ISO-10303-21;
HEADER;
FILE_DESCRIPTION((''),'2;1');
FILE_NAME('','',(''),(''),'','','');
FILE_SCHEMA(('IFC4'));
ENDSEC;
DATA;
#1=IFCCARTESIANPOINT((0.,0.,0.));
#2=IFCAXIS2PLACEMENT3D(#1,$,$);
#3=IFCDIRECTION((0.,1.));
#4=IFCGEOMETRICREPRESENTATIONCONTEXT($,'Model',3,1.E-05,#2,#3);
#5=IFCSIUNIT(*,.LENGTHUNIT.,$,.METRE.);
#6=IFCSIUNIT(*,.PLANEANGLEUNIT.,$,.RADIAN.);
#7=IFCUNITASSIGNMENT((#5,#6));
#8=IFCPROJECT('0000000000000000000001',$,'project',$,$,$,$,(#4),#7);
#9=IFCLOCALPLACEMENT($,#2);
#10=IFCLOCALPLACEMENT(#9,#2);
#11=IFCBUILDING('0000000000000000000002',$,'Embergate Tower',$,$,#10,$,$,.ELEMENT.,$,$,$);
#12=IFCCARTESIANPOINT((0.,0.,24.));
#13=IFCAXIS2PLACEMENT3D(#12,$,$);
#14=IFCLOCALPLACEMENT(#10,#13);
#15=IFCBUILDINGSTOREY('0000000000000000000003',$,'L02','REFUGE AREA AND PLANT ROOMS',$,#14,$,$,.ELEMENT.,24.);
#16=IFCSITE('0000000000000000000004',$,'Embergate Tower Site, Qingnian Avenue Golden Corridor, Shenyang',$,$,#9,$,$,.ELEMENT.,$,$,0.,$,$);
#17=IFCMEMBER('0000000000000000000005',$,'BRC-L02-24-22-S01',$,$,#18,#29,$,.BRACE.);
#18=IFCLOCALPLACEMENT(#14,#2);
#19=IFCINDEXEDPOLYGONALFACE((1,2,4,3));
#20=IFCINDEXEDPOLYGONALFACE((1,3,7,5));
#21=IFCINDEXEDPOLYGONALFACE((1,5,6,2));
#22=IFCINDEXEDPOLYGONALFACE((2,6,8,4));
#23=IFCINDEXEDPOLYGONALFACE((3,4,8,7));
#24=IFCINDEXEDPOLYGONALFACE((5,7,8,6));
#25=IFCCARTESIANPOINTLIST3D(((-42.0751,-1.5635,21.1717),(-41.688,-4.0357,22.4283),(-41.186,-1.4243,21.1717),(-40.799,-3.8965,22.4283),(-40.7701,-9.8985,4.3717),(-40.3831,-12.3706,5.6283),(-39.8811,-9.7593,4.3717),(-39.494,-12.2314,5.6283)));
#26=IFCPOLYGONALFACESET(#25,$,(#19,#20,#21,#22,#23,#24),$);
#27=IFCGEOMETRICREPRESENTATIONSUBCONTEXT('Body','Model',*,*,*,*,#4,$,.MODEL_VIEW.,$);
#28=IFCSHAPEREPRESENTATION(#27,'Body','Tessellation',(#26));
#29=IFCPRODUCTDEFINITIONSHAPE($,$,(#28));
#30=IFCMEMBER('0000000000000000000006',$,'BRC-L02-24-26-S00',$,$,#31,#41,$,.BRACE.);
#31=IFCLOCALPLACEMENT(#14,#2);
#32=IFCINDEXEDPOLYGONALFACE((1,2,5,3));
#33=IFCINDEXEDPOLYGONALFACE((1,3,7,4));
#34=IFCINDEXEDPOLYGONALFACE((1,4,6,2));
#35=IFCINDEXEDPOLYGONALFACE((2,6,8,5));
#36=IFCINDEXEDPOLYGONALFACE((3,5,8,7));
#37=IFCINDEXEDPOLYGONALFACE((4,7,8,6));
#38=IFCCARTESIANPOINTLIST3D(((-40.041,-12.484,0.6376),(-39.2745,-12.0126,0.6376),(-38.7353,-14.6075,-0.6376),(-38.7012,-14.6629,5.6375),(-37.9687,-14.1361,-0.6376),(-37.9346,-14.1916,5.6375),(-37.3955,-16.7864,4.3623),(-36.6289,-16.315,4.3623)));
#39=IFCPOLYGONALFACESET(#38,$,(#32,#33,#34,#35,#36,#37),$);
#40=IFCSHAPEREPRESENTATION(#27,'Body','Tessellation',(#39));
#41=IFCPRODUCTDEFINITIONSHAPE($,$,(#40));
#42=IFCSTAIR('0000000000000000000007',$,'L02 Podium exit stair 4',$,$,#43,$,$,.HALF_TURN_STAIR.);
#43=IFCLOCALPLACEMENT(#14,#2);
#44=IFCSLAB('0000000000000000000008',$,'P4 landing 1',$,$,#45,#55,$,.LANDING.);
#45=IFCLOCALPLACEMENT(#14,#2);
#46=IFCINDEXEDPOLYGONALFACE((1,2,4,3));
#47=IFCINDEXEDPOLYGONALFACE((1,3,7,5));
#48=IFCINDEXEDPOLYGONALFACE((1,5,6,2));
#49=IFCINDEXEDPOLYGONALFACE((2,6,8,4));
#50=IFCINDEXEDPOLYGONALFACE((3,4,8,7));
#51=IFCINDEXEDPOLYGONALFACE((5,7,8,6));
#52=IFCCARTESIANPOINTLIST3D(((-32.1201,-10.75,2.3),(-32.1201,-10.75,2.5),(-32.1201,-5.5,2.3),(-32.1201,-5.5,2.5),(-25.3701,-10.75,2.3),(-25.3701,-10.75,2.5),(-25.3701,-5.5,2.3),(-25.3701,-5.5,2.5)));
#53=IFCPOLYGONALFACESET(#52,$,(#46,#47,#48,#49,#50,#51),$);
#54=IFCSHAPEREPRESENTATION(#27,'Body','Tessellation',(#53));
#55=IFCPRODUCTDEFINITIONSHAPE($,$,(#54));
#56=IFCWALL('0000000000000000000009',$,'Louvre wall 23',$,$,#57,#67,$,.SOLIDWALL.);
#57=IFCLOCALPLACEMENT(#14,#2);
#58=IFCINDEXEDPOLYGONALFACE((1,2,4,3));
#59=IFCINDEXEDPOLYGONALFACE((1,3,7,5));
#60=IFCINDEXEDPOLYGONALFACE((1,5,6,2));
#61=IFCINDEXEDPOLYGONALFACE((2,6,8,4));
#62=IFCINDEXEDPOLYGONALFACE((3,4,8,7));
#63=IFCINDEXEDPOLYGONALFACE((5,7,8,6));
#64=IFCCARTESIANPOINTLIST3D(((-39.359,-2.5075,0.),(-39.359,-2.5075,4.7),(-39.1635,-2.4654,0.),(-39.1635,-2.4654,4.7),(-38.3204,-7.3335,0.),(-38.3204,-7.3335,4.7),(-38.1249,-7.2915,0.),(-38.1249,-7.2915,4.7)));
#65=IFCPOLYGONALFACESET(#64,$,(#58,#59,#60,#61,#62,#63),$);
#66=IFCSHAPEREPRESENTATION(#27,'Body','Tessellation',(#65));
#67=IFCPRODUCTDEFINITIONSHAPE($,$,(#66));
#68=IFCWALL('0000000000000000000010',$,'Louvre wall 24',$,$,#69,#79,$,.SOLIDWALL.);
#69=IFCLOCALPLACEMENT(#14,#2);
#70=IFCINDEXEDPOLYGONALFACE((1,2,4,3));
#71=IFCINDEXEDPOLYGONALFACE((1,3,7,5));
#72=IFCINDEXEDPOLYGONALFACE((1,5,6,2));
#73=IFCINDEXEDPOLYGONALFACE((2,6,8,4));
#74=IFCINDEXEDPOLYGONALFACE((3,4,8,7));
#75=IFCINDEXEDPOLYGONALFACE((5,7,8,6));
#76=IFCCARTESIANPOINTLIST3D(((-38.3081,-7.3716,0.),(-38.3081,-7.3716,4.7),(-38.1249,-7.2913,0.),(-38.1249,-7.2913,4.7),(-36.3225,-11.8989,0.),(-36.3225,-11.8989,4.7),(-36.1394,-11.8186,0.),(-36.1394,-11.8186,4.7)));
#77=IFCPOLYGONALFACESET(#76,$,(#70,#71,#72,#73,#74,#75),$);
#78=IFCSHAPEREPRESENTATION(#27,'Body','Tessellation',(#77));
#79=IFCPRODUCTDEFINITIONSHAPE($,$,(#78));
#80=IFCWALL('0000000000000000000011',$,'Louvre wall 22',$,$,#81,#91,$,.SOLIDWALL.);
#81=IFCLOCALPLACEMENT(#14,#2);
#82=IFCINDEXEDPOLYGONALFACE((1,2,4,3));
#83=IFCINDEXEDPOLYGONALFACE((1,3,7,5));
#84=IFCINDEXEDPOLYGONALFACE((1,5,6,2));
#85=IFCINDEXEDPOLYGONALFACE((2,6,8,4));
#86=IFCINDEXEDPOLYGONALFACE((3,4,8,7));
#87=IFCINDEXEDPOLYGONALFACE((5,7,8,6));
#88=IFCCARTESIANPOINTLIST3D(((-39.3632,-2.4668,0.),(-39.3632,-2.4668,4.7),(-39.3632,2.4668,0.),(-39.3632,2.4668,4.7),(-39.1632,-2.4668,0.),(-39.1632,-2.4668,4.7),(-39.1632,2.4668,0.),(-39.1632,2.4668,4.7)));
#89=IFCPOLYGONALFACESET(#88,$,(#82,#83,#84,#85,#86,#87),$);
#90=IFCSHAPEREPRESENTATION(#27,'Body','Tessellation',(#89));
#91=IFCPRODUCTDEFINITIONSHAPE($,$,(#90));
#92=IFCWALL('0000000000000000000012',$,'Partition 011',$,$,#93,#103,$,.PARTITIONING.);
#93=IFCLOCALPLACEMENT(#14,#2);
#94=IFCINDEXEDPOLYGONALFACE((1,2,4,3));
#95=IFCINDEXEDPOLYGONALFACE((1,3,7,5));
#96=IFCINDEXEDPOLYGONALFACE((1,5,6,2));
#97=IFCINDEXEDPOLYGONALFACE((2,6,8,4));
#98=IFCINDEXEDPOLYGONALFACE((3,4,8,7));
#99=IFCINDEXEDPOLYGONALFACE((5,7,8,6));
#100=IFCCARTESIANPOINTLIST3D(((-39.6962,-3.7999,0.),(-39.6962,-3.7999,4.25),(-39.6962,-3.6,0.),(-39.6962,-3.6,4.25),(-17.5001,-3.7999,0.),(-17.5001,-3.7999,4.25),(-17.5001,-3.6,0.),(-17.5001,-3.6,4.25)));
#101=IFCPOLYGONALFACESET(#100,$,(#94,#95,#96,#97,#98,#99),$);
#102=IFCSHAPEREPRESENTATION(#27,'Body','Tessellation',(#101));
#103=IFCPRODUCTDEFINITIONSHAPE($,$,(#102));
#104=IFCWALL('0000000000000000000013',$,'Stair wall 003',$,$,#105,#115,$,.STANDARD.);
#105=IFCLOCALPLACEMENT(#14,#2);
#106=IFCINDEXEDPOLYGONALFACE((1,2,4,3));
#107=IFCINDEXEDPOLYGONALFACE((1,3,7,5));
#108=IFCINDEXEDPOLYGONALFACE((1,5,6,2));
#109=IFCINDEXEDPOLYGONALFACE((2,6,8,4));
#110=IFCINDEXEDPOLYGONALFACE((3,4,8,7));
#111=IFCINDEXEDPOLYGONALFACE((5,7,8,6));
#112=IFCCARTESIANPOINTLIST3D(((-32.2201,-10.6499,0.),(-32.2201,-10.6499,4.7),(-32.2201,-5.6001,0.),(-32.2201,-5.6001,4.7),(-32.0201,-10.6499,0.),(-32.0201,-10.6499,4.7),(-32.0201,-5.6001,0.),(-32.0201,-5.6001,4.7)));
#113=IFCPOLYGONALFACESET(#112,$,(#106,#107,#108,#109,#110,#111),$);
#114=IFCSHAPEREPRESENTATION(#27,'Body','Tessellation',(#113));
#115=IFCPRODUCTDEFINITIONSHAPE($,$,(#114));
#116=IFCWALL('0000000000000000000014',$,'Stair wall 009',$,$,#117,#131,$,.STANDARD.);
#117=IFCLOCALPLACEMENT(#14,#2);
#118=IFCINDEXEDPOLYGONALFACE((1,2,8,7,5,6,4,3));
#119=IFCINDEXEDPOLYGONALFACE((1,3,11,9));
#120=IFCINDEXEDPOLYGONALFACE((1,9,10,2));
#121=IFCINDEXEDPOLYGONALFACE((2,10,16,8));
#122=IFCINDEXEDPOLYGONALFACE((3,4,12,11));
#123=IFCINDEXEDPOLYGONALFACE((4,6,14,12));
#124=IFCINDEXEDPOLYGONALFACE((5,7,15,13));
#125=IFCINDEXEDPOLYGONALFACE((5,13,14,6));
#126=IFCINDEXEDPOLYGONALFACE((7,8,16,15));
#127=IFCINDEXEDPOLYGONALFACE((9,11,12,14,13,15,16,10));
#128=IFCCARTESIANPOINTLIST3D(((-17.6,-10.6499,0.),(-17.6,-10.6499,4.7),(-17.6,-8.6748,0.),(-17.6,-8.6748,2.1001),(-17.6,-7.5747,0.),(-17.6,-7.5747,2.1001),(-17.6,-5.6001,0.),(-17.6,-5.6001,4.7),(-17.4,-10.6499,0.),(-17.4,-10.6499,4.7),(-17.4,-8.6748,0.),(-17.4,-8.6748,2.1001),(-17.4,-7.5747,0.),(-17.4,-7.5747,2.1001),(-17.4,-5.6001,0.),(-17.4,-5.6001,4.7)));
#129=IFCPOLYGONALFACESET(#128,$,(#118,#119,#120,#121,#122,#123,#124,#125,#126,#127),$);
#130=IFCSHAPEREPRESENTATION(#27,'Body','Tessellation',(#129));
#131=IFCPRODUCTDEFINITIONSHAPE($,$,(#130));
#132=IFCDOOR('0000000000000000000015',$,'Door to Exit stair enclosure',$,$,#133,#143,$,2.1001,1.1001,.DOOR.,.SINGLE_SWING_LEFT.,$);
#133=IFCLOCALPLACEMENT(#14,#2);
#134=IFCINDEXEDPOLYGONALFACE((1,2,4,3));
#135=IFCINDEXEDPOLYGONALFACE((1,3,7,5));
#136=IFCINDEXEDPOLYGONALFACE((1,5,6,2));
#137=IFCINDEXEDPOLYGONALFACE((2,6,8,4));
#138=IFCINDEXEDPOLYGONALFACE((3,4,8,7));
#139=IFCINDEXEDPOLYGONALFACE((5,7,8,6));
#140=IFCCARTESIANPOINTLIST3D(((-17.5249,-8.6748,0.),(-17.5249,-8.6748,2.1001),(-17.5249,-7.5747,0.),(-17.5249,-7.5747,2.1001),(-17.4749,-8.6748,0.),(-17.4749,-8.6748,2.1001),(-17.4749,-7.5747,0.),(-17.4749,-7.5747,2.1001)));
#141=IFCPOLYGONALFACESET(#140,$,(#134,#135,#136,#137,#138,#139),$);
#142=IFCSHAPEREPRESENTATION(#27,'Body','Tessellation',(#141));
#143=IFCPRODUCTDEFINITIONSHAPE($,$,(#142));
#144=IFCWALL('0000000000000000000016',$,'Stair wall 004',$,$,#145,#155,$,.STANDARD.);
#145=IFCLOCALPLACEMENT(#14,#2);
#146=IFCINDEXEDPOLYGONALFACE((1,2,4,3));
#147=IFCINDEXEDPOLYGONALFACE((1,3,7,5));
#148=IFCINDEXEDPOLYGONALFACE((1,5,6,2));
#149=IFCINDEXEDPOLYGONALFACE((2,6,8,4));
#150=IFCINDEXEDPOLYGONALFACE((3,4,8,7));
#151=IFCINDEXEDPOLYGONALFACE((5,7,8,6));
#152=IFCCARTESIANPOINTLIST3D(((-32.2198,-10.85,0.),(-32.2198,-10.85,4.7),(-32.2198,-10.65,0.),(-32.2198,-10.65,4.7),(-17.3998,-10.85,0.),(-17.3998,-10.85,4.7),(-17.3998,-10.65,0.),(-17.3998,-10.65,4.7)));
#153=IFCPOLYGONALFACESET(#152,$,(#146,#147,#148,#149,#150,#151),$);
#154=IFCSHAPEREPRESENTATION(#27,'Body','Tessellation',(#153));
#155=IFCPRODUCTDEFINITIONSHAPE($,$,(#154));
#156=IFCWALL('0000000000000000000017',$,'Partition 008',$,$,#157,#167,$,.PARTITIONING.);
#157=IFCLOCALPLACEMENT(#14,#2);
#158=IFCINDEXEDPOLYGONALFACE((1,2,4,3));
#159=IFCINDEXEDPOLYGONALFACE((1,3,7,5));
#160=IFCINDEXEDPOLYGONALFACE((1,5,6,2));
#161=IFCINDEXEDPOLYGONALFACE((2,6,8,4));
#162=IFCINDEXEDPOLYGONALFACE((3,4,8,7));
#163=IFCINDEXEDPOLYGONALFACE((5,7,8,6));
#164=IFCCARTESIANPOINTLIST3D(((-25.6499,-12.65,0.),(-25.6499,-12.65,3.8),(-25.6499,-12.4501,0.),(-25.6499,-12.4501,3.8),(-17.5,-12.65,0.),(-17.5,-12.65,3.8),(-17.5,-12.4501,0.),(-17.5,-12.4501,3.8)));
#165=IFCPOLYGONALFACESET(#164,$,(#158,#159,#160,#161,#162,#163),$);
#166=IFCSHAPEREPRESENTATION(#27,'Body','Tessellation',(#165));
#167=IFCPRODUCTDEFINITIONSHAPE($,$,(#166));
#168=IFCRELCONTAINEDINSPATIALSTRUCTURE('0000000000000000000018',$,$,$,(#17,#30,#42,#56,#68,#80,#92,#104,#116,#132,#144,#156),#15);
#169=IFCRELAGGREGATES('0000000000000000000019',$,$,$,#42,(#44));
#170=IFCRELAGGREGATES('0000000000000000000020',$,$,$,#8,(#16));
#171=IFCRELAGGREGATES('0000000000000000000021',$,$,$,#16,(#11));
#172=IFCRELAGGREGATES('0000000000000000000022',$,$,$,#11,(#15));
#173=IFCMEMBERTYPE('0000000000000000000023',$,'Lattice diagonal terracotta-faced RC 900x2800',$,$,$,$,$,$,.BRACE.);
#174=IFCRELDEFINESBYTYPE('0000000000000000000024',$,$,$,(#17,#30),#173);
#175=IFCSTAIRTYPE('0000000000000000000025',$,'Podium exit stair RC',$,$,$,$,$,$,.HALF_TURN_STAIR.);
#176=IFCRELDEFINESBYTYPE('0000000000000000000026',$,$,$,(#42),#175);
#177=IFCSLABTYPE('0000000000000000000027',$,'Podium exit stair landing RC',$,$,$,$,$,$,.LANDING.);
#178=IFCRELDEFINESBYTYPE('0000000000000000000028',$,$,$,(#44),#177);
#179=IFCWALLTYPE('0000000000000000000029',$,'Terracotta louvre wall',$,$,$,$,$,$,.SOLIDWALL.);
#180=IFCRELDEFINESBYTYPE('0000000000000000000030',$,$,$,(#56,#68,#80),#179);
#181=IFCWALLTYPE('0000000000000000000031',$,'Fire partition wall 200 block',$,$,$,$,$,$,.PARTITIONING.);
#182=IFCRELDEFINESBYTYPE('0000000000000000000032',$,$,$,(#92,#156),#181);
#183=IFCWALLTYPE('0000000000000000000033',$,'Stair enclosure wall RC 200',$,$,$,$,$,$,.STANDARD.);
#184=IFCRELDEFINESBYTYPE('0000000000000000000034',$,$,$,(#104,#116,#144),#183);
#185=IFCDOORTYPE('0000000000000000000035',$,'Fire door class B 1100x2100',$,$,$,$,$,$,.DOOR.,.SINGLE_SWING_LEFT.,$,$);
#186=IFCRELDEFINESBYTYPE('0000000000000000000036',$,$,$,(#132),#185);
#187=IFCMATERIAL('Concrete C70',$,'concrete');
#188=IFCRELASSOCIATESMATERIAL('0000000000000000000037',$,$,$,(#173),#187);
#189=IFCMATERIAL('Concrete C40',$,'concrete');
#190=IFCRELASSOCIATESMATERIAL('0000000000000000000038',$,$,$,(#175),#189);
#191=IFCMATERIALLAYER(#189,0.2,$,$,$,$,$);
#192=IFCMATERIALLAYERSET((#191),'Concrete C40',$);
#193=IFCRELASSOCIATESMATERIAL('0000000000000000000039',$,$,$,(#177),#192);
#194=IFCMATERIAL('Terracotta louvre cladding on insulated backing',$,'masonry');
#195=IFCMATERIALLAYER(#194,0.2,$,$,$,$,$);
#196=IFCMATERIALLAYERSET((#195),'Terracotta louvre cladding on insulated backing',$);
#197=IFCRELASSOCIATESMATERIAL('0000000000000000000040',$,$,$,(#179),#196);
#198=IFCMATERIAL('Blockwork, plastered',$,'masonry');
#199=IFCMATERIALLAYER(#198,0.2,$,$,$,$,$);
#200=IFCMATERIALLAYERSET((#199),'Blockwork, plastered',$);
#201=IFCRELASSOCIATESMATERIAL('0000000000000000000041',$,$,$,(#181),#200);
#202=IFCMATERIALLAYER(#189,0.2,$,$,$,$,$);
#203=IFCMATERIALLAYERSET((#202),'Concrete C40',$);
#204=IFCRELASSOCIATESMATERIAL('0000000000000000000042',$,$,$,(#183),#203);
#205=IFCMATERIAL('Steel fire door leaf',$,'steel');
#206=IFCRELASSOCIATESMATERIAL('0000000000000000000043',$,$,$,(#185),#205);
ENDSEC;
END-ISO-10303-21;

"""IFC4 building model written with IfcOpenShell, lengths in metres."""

from ifc_helpers import new_model, si_unit, direction, frame, frame_2d, origin, origin_2d, place, context, subcontext, project, spatial, polyline, rectangle, outline, extrude, source, transform, mapped, material, layer, layer_set, material_profile, profile_set, type_object, element, fill, aggregate, save


model = new_model("IFC4")

# Units and contexts
model_context = context("Model", 3, precision=1e-05, world=origin(), true_north=direction((0.0, 1.0)))
body_context = subcontext(model_context, "Body", "Model", "MODEL_VIEW")
ifc_project = project(units=[si_unit("LENGTHUNIT", "METRE"), si_unit("PLANEANGLEUNIT", "RADIAN")], contexts=[model_context])

# Site, building, storey
site_placement = place(None, origin())
site = spatial("IfcSite", under=ifc_project, at=site_placement, Name="Embergate Tower Site, Qingnian Avenue Golden Corridor, Shenyang", CompositionType="ELEMENT", RefElevation=0.0)
building_placement = place(site_placement, origin())
building = spatial("IfcBuilding", under=site, at=building_placement, Name="Embergate Tower", CompositionType="ELEMENT")
storey_placement = place(building_placement, frame((0.0, 0.0, 24.0)))
storey = spatial("IfcBuildingStorey", under=building, at=storey_placement, Name="L02", Description="REFUGE AREA AND PLANT ROOMS", CompositionType="ELEMENT", Elevation=24.0)

# Shared definitions
ifc_material_1 = material(Name="Concrete C70", Category="concrete")

# Members
ifc_material_profile_1 = material_profile(ifc_material_1, rectangle(XDim=0.8999, YDim=2.8, at=origin_2d()), Name="RC 900x2800")
ifc_profile_set_1 = profile_set([ifc_material_profile_1], Name="Concrete C70")
member_type_1 = type_object("IfcMemberType", Name="Lattice diagonal terracotta-faced RC 900x2800", PredefinedType="BRACE", material=ifc_profile_set_1)
shared_shape_1 = source(origin(), body_context, "Body", "SweptSolid", [
    extrude(rectangle(XDim=0.8999, YDim=2.8, at=origin_2d()), origin(), (0.0, 0.0, 1.0), 18.7993),
])
member_1_placement = place(storey_placement, frame((-40.1321, -11.0649, 5.0), z_axis=(-0.069414, 0.443364, 0.89365), x_axis=(-0.987965, -0.154677, 0.0)))
element("IfcMember", 1, at=member_1_placement, inside=storey, type_object=member_type_1, Name="BRC-L02-24-22-S01", PredefinedType="BRACE", context=body_context, shape_type="MappedRepresentation", body=[
    mapped(shared_shape_1, transform((0.0, 0.0, 0.0))),
])
shared_shape_2 = source(origin(), body_context, "Body", "SweptSolid", [
    extrude(rectangle(XDim=0.8999, YDim=2.8, at=origin_2d()), origin(), (0.0, 0.0, 1.0), 5.6162),
])
member_2_placement = place(storey_placement, frame((-39.0049, -13.3101, 0.0), z_axis=(0.238563, -0.387969, 0.890263), x_axis=(0.851842, 0.523799, 0.0)))
element("IfcMember", 2, at=member_2_placement, inside=storey, type_object=member_type_1, Name="BRC-L02-24-26-S00", PredefinedType="BRACE", context=body_context, shape_type="MappedRepresentation", body=[
    mapped(shared_shape_2, transform((0.0, 0.0, 0.0))),
])

# Stair, slab
ifc_material_2 = material(Name="Concrete C40", Category="concrete")
stair_type = type_object("IfcStairType", Name="Podium exit stair RC", PredefinedType="HALF_TURN_STAIR", material=ifc_material_2)
stair_placement = place(storey_placement, origin())
stair = element("IfcStair", 3, at=stair_placement, inside=storey, type_object=stair_type, Name="L02 Podium exit stair 4", PredefinedType="HALF_TURN_STAIR")
ifc_layer_1 = layer(ifc_material_2, 0.2)
ifc_layer_set_1 = layer_set([ifc_layer_1], Name="Concrete C40")
slab_type = type_object("IfcSlabType", Name="Podium exit stair landing RC", PredefinedType="LANDING", material=ifc_layer_set_1)
shared_shape_3 = source(origin(), body_context, "Body", "SweptSolid", [
    extrude(outline(polyline([(0.0, 0.0), (6.75, 0.0), (6.75, 5.25), (0.0, 5.25), (0.0, 0.0)])), origin(), (0.0, 0.0, 1.0), 0.2),
])
slab_placement = place(storey_placement, frame((-32.1201, -10.75, 2.3)))
slab = element("IfcSlab", 4, at=slab_placement, type_object=slab_type, Name="P4 landing 1", PredefinedType="LANDING", context=body_context, shape_type="MappedRepresentation", body=[
    mapped(shared_shape_3, transform((0.0, 0.0, 0.0))),
])

# Walls
ifc_material_3 = material(Name="Terracotta louvre cladding on insulated backing", Category="masonry")
ifc_layer_2 = layer(ifc_material_3, 0.2)
ifc_layer_set_2 = layer_set([ifc_layer_2], Name="Terracotta louvre cladding on insulated backing")
wall_type_1 = type_object("IfcWallType", Name="Terracotta louvre wall", PredefinedType="SOLIDWALL", material=ifc_layer_set_2)
shared_shape_4 = source(origin(), body_context, "Body", "SweptSolid", [
    extrude(rectangle(XDim=4.9365, YDim=0.2, at=frame_2d((2.4683, 0.0))), origin(), (0.0, 0.0, 1.0), 4.7),
])
wall_1_placement = place(storey_placement, frame((-38.2227, -7.3125, 0.0), z_axis=(0.0, 0.0, 1.0), x_axis=(-0.21039, 0.977617, 0.0)))
element("IfcWall", 5, at=wall_1_placement, inside=storey, type_object=wall_type_1, Name="Louvre wall 23", PredefinedType="SOLIDWALL", context=body_context, shape_type="MappedRepresentation", body=[
    mapped(shared_shape_4, transform((0.0, 0.0, 0.0))),
])
shared_shape_5 = source(origin(), body_context, "Body", "SweptSolid", [
    extrude(rectangle(XDim=4.9436, YDim=0.2, at=frame_2d((2.4717, 0.0))), origin(), (0.0, 0.0, 1.0), 4.7),
])
wall_2_placement = place(storey_placement, frame((-36.231, -11.8586, 0.0), z_axis=(0.0, 0.0, 1.0), x_axis=(-0.401648, 0.915794, 0.0)))
element("IfcWall", 6, at=wall_2_placement, inside=storey, type_object=wall_type_1, Name="Louvre wall 24", PredefinedType="SOLIDWALL", context=body_context, shape_type="MappedRepresentation", body=[
    mapped(shared_shape_5, transform((0.0, 0.0, 0.0))),
])
shared_shape_6 = source(origin(), body_context, "Body", "SweptSolid", [
    extrude(rectangle(XDim=4.9336, YDim=0.2, at=frame_2d((2.4668, 0.0))), origin(), (0.0, 0.0, 1.0), 4.7),
])
wall_3_placement = place(storey_placement, frame((-39.2632, -2.4668, 0.0), z_axis=(0.0, 0.0, 1.0), x_axis=(0.0, 1.0, 0.0)))
element("IfcWall", 7, at=wall_3_placement, inside=storey, type_object=wall_type_1, Name="Louvre wall 22", PredefinedType="SOLIDWALL", context=body_context, shape_type="MappedRepresentation", body=[
    mapped(shared_shape_6, transform((0.0, 0.0, 0.0))),
])
ifc_material_4 = material(Name="Blockwork, plastered", Category="masonry")
ifc_layer_3 = layer(ifc_material_4, 0.2)
ifc_layer_set_3 = layer_set([ifc_layer_3], Name="Blockwork, plastered")
wall_type_2 = type_object("IfcWallType", Name="Fire partition wall 200 block", PredefinedType="PARTITIONING", material=ifc_layer_set_3)
shared_shape_7 = source(origin(), body_context, "Body", "SweptSolid", [
    extrude(rectangle(XDim=22.196, YDim=0.2, at=frame_2d((11.0981, 0.0))), origin(), (0.0, 0.0, 1.0), 4.25),
])
wall_4_placement = place(storey_placement, frame((-17.5, -3.7, 0.0), z_axis=(0.0, 0.0, 1.0), x_axis=(-1.0, 0.0, 0.0)))
element("IfcWall", 8, at=wall_4_placement, inside=storey, type_object=wall_type_2, Name="Partition 011", PredefinedType="PARTITIONING", context=body_context, shape_type="MappedRepresentation", body=[
    mapped(shared_shape_7, transform((0.0, 0.0, 0.0))),
])
ifc_layer_4 = layer(ifc_material_2, 0.2)
ifc_layer_set_4 = layer_set([ifc_layer_4], Name="Concrete C40")
wall_type_3 = type_object("IfcWallType", Name="Stair enclosure wall RC 200", PredefinedType="STANDARD", material=ifc_layer_set_4)
shared_shape_8 = source(origin(), body_context, "Body", "SweptSolid", [
    extrude(rectangle(XDim=5.0498, YDim=0.2, at=frame_2d((2.5249, 0.0))), origin(), (0.0, 0.0, 1.0), 4.7),
])
wall_5_placement = place(storey_placement, frame((-32.1201, -10.6499, 0.0), z_axis=(0.0, 0.0, 1.0), x_axis=(0.0, 1.0, 0.0)))
element("IfcWall", 9, at=wall_5_placement, inside=storey, type_object=wall_type_3, Name="Stair wall 003", PredefinedType="STANDARD", context=body_context, shape_type="MappedRepresentation", body=[
    mapped(shared_shape_8, transform((0.0, 0.0, 0.0))),
])

# Wall, opening, door
wall_6_placement = place(storey_placement, frame((-17.5, -10.6499, 0.0), z_axis=(0.0, 0.0, 1.0), x_axis=(0.0, 1.0, 0.0)))
wall_6 = element("IfcWall", 10, at=wall_6_placement, inside=storey, type_object=wall_type_3, Name="Stair wall 009", PredefinedType="STANDARD", context=body_context, shape_type="MappedRepresentation", body=[
    mapped(shared_shape_8, transform((0.0, 0.0, 0.0))),
])
shared_shape_9 = source(origin(), body_context, "Body", "SweptSolid", [
    extrude(rectangle(XDim=1.1001, YDim=2.1001, at=frame_2d((0.55, 1.05))), frame((0.0, 0.1099, 0.0), z_axis=(0.0, -1.0, 0.0), x_axis=(1.0, 0.0, 0.0)), (0.0, 0.0, 1.0), 0.22),
])
opening_placement = place(wall_6_placement, frame((1.9751, 0.0, 0.0)))
opening = element("IfcOpeningElement", 11, at=opening_placement, cuts=wall_6, PredefinedType="OPENING", context=body_context, shape_type="MappedRepresentation", body=[
    mapped(shared_shape_9, transform((0.0, 0.0, 0.0))),
])
ifc_material_5 = material(Name="Steel fire door leaf", Category="steel")
door_type = type_object("IfcDoorType", Name="Fire door class B 1100x2100", OperationType="SINGLE_SWING_LEFT", PredefinedType="DOOR", material=ifc_material_5)
shared_shape_10 = source(origin(), body_context, "Body", "SweptSolid", [
    extrude(rectangle(XDim=1.1001, YDim=2.1001, at=frame_2d((0.55, 1.05))), frame((0.0, 0.0249, 0.0), z_axis=(0.0, -1.0, 0.0), x_axis=(1.0, 0.0, 0.0)), (0.0, 0.0, 1.0), 0.05),
])
door_placement = place(opening_placement, origin())
door = element("IfcDoor", 12, at=door_placement, inside=storey, type_object=door_type, Name="Door to Exit stair enclosure", OperationType="SINGLE_SWING_LEFT", OverallHeight=2.1001, OverallWidth=1.1001, PredefinedType="DOOR", context=body_context, shape_type="MappedRepresentation", body=[
    mapped(shared_shape_10, transform((0.0, 0.0, 0.0))),
])
fill(opening, door)

# Walls
shared_shape_11 = source(origin(), body_context, "Body", "SweptSolid", [
    extrude(rectangle(XDim=14.8201, YDim=0.2, at=frame_2d((7.4102, 0.0))), origin(), (0.0, 0.0, 1.0), 4.7),
])
wall_7_placement = place(storey_placement, frame((-32.22, -10.75, 0.0), z_axis=(0.0, 0.0, 1.0), x_axis=(1.0, 0.0, 0.0)))
element("IfcWall", 13, at=wall_7_placement, inside=storey, type_object=wall_type_3, Name="Stair wall 004", PredefinedType="STANDARD", context=body_context, shape_type="MappedRepresentation", body=[
    mapped(shared_shape_11, transform((0.0, 0.0, 0.0))),
])
shared_shape_12 = source(origin(), body_context, "Body", "SweptSolid", [
    extrude(rectangle(XDim=8.1499, YDim=0.2, at=frame_2d((4.075, 0.0))), origin(), (0.0, 0.0, 1.0), 3.8),
])
wall_8_placement = place(storey_placement, frame((-25.6499, -12.55, 0.0), z_axis=(0.0, 0.0, 1.0), x_axis=(1.0, 0.0, 0.0)))
element("IfcWall", 14, at=wall_8_placement, inside=storey, type_object=wall_type_2, Name="Partition 008", PredefinedType="PARTITIONING", context=body_context, shape_type="MappedRepresentation", body=[
    mapped(shared_shape_12, transform((0.0, 0.0, 0.0))),
])

aggregate(stair, [slab])

save(model, "model.ifc")
